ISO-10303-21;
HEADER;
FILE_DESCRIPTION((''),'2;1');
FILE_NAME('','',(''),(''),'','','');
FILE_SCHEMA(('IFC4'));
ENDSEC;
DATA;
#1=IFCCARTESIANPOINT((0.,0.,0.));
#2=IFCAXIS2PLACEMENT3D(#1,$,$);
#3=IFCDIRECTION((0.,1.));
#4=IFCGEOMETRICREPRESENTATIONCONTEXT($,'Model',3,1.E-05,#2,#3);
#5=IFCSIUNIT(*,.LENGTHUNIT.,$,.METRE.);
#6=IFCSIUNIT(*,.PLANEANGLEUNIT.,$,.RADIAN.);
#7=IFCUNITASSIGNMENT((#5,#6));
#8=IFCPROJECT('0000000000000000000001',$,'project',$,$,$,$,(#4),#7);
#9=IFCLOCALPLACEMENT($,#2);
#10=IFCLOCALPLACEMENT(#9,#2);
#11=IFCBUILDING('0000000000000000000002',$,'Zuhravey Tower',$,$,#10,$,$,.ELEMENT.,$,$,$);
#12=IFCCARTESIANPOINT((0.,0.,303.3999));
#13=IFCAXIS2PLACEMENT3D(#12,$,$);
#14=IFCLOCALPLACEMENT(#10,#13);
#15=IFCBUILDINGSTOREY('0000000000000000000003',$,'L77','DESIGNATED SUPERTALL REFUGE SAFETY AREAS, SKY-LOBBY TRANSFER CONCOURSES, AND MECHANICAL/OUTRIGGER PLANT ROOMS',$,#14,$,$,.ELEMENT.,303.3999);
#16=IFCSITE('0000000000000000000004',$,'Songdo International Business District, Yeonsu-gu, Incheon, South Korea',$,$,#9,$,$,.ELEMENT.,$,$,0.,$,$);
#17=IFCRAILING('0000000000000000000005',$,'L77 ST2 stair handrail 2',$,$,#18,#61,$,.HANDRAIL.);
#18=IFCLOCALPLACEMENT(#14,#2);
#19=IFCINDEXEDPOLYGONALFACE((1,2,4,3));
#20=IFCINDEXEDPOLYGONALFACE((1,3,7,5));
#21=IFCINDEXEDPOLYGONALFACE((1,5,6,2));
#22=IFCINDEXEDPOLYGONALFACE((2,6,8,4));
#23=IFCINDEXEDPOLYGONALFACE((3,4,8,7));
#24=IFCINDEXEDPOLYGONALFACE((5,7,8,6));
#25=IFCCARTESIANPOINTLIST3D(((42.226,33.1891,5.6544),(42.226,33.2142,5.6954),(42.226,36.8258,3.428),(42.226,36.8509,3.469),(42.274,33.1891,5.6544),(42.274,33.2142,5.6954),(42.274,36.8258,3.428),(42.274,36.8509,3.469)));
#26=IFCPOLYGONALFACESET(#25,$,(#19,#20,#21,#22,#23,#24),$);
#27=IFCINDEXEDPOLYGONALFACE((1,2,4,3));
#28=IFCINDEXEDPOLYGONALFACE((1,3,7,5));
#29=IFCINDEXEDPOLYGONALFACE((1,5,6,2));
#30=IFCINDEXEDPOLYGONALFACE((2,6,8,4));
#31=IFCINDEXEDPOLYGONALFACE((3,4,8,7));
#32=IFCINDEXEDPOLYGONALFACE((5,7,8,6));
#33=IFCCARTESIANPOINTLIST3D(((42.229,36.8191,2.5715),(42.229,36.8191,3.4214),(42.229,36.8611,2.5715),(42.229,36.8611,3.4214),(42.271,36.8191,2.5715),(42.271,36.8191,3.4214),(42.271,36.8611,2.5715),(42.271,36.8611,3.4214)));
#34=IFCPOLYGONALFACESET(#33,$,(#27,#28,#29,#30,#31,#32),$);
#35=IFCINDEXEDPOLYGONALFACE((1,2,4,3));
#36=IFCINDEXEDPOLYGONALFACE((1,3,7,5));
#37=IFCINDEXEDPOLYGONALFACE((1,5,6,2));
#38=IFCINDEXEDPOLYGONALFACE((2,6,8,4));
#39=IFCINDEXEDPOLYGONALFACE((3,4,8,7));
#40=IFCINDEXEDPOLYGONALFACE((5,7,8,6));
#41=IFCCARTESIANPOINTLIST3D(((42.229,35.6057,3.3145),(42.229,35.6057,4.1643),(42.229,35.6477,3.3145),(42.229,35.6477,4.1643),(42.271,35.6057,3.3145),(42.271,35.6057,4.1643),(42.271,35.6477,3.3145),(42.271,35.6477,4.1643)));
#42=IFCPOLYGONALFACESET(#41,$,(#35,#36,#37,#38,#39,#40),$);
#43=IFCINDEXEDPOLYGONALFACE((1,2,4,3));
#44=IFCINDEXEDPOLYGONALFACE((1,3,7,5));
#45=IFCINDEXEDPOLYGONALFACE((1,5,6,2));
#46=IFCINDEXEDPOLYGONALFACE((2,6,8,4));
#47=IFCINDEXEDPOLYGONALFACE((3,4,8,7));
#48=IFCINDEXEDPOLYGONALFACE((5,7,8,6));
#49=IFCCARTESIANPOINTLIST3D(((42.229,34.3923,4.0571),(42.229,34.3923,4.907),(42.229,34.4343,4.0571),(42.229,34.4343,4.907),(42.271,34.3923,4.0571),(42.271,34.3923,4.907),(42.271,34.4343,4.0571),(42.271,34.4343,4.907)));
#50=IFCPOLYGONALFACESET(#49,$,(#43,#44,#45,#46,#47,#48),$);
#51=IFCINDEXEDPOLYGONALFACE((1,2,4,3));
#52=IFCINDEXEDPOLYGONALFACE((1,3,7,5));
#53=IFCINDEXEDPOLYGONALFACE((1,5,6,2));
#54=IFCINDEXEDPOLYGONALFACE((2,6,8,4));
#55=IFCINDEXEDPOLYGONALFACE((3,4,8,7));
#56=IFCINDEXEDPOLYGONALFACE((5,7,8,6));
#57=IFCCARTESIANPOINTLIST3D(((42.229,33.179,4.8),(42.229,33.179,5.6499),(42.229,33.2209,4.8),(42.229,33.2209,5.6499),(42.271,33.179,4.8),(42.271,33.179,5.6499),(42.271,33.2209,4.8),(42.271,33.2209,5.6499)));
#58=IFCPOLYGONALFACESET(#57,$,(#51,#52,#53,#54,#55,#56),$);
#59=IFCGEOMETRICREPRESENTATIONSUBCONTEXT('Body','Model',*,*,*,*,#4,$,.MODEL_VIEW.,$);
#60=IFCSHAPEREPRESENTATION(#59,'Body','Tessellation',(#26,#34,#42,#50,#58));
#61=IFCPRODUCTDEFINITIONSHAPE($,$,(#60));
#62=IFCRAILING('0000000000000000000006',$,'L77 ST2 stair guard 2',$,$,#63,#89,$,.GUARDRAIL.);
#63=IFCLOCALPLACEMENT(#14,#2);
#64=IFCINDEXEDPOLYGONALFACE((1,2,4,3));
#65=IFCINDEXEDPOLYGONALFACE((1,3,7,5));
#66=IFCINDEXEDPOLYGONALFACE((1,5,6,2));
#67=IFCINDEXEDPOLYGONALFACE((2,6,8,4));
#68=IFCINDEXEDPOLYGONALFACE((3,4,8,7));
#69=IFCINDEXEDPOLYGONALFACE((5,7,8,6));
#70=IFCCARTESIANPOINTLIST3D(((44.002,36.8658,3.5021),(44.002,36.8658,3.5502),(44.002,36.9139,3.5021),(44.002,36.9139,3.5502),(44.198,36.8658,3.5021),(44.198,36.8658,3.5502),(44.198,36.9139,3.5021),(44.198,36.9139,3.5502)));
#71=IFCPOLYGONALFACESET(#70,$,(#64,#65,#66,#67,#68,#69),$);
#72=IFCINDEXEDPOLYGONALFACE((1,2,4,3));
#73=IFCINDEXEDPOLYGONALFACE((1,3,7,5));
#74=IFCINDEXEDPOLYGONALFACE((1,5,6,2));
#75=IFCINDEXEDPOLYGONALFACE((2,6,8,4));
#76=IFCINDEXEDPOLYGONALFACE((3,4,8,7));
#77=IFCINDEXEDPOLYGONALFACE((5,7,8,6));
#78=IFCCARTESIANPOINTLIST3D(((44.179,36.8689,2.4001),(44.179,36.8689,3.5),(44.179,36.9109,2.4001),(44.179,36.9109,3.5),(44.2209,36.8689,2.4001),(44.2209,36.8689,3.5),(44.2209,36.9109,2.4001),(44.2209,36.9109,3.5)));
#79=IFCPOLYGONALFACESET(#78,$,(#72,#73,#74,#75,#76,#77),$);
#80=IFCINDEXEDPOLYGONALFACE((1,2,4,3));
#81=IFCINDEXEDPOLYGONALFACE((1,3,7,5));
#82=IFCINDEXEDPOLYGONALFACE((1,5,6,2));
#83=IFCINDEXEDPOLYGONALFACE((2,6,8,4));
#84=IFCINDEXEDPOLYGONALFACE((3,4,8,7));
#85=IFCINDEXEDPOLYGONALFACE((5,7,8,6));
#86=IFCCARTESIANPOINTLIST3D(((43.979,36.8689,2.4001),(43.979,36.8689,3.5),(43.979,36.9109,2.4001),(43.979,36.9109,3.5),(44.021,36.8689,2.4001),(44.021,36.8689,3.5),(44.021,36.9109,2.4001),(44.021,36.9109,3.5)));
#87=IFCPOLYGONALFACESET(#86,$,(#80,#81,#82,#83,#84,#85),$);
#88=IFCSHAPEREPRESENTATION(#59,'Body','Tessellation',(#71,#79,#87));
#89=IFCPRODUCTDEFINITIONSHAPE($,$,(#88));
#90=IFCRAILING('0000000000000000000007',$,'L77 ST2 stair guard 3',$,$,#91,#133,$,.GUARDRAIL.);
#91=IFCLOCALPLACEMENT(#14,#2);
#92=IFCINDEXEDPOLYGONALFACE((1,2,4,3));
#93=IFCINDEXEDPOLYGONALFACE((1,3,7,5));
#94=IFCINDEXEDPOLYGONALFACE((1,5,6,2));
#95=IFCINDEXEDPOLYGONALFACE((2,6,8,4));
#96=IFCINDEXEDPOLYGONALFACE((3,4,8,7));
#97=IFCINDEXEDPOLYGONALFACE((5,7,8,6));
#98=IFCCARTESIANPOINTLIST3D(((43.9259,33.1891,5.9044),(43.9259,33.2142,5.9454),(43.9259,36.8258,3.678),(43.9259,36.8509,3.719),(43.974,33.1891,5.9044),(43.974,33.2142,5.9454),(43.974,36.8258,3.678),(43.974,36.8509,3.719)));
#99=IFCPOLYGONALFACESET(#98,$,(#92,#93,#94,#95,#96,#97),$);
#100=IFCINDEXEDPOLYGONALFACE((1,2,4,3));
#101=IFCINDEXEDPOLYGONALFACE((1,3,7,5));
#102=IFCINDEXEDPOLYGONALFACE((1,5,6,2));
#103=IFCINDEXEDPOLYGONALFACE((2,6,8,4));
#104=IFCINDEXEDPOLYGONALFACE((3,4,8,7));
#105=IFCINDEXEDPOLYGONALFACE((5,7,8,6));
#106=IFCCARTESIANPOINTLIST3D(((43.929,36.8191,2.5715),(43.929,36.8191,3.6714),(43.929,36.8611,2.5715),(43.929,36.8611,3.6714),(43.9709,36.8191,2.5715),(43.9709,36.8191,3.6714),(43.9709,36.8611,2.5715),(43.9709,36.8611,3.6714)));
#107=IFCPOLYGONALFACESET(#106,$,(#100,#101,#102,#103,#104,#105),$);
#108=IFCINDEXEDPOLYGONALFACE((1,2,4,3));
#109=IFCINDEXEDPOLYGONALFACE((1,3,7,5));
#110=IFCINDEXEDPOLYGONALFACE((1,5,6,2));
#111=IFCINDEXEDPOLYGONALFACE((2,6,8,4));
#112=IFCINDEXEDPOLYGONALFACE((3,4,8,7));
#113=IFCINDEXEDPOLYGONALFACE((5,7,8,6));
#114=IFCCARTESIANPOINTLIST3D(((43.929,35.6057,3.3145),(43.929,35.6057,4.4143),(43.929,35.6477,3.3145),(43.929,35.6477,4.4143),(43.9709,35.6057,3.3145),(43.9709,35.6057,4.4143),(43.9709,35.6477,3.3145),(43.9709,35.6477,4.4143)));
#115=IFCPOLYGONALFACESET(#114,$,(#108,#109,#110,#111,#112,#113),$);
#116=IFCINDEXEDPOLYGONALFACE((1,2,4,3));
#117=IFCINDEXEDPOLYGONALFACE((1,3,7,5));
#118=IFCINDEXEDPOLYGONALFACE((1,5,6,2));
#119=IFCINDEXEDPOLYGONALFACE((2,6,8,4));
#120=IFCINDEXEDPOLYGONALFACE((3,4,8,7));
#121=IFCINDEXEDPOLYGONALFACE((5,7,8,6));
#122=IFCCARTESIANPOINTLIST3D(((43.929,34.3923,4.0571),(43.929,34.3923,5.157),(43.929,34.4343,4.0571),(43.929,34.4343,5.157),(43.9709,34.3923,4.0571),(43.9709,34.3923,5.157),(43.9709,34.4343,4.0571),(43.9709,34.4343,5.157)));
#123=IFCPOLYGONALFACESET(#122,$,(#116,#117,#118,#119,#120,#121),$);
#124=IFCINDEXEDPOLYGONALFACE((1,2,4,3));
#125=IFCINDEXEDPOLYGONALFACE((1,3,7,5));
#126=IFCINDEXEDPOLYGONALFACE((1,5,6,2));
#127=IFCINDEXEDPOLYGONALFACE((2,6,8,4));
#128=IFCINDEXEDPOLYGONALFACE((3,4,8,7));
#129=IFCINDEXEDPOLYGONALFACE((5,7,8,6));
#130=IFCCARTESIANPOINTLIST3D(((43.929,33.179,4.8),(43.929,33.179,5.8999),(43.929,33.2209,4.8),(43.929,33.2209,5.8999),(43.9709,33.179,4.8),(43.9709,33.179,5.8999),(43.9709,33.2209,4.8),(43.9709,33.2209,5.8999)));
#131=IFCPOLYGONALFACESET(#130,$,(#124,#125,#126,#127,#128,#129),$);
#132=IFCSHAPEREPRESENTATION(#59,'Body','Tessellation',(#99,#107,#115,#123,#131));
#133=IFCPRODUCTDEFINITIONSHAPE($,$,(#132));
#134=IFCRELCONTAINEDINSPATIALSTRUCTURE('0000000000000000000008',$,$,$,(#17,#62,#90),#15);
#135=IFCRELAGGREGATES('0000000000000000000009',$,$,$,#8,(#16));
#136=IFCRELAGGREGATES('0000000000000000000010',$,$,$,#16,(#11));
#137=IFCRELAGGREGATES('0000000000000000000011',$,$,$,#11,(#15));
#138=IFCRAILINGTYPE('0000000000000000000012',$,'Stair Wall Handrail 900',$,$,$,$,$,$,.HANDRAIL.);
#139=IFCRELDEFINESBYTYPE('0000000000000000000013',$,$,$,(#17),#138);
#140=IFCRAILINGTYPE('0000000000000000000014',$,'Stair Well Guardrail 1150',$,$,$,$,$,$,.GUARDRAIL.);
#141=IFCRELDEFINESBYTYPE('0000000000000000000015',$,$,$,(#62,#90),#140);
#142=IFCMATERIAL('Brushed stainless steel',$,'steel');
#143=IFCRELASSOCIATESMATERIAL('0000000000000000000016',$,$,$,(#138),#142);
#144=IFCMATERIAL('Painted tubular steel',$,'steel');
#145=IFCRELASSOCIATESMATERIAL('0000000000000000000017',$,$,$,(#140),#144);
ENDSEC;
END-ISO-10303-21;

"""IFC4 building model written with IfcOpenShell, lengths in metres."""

from ifc_helpers import new_model, si_unit, direction, frame, origin, origin_2d, place, context, subcontext, project, spatial, rectangle, extrude, material, type_object, element, save


model = new_model("IFC4")

# Units and contexts
model_context = context("Model", 3, precision=1e-05, world=origin(), true_north=direction((0.0, 1.0)))
body_context = subcontext(model_context, "Body", "Model", "MODEL_VIEW")
ifc_project = project(units=[si_unit("LENGTHUNIT", "METRE"), si_unit("PLANEANGLEUNIT", "RADIAN")], contexts=[model_context])

# Site, building, storey
site_placement = place(None, origin())
site = spatial("IfcSite", under=ifc_project, at=site_placement, Name="Songdo International Business District, Yeonsu-gu, Incheon, South Korea", CompositionType="ELEMENT", RefElevation=0.0)
building_placement = place(site_placement, origin())
building = spatial("IfcBuilding", under=site, at=building_placement, Name="Zuhravey Tower", CompositionType="ELEMENT")
storey_placement = place(building_placement, frame((0.0, 0.0, 303.3999)))
storey = spatial("IfcBuildingStorey", under=building, at=storey_placement, Name="L77", Description="DESIGNATED SUPERTALL REFUGE SAFETY AREAS, SKY-LOBBY TRANSFER CONCOURSES, AND MECHANICAL/OUTRIGGER PLANT ROOMS", CompositionType="ELEMENT", Elevation=303.3999)

# Railings
ifc_material_1 = material(Name="Brushed stainless steel", Category="steel")
railing_type_1 = type_object("IfcRailingType", Name="Stair Wall Handrail 900", PredefinedType="HANDRAIL", material=ifc_material_1)
railing_1_placement = place(storey_placement, frame((42.25, 36.8401, 2.5715)))
element("IfcRailing", 1, at=railing_1_placement, inside=storey, type_object=railing_type_1, Name="L77 ST2 stair handrail 2", PredefinedType="HANDRAIL", context=body_context, shape_type="SweptSolid", body=[
    extrude(rectangle(XDim=0.0481, YDim=0.0481, at=origin_2d()), frame((0.0, -0.0017, 0.877), z_axis=(0.0, -0.852866, 0.52213), x_axis=(1.0, 0.0, 0.0)), (0.0, 0.0, 1.0), 4.2642),
    extrude(rectangle(XDim=0.042, YDim=0.042, at=origin_2d()), origin(), (0.0, 0.0, 1.0), 0.8499),
    extrude(rectangle(XDim=0.042, YDim=0.042, at=origin_2d()), frame((0.0, -1.2134, 0.7429)), (0.0, 0.0, 1.0), 0.8499),
    extrude(rectangle(XDim=0.042, YDim=0.042, at=origin_2d()), frame((0.0, -2.4268, 1.4856)), (0.0, 0.0, 1.0), 0.8499),
    extrude(rectangle(XDim=0.042, YDim=0.042, at=origin_2d()), frame((0.0, -3.6401, 2.2285)), (0.0, 0.0, 1.0), 0.8499),
])
ifc_material_2 = material(Name="Painted tubular steel", Category="steel")
railing_type_2 = type_object("IfcRailingType", Name="Stair Well Guardrail 1150", PredefinedType="GUARDRAIL", material=ifc_material_2)
railing_2_placement = place(storey_placement, frame((44.2, 36.8899, 2.4001)))
element("IfcRailing", 2, at=railing_2_placement, inside=storey, type_object=railing_type_2, Name="L77 ST2 stair guard 2", PredefinedType="GUARDRAIL", context=body_context, shape_type="SweptSolid", body=[
    extrude(rectangle(XDim=0.0481, YDim=0.0481, at=origin_2d()), frame((-0.002, 0.0, 1.126), z_axis=(-1.0, 0.0, 0.0), x_axis=(0.0, -1.0, 0.0)), (0.0, 0.0, 1.0), 0.196),
    extrude(rectangle(XDim=0.042, YDim=0.042, at=origin_2d()), origin(), (0.0, 0.0, 1.0), 1.0999),
    extrude(rectangle(XDim=0.042, YDim=0.042, at=origin_2d()), frame((-0.2, 0.0, 0.0)), (0.0, 0.0, 1.0), 1.0999),
])
railing_3_placement = place(storey_placement, frame((43.95, 36.8401, 2.5715)))
element("IfcRailing", 3, at=railing_3_placement, inside=storey, type_object=railing_type_2, Name="L77 ST2 stair guard 3", PredefinedType="GUARDRAIL", context=body_context, shape_type="SweptSolid", body=[
    extrude(rectangle(XDim=0.0481, YDim=0.0481, at=origin_2d()), frame((0.0, -0.0017, 1.127), z_axis=(0.0, -0.852866, 0.52213), x_axis=(1.0, 0.0, 0.0)), (0.0, 0.0, 1.0), 4.2642),
    extrude(rectangle(XDim=0.042, YDim=0.042, at=origin_2d()), origin(), (0.0, 0.0, 1.0), 1.0999),
    extrude(rectangle(XDim=0.042, YDim=0.042, at=origin_2d()), frame((0.0, -1.2134, 0.7429)), (0.0, 0.0, 1.0), 1.0999),
    extrude(rectangle(XDim=0.042, YDim=0.042, at=origin_2d()), frame((0.0, -2.4268, 1.4856)), (0.0, 0.0, 1.0), 1.0999),
    extrude(rectangle(XDim=0.042, YDim=0.042, at=origin_2d()), frame((0.0, -3.6401, 2.2285)), (0.0, 0.0, 1.0), 1.0999),
])

save(model, "model.ifc")
